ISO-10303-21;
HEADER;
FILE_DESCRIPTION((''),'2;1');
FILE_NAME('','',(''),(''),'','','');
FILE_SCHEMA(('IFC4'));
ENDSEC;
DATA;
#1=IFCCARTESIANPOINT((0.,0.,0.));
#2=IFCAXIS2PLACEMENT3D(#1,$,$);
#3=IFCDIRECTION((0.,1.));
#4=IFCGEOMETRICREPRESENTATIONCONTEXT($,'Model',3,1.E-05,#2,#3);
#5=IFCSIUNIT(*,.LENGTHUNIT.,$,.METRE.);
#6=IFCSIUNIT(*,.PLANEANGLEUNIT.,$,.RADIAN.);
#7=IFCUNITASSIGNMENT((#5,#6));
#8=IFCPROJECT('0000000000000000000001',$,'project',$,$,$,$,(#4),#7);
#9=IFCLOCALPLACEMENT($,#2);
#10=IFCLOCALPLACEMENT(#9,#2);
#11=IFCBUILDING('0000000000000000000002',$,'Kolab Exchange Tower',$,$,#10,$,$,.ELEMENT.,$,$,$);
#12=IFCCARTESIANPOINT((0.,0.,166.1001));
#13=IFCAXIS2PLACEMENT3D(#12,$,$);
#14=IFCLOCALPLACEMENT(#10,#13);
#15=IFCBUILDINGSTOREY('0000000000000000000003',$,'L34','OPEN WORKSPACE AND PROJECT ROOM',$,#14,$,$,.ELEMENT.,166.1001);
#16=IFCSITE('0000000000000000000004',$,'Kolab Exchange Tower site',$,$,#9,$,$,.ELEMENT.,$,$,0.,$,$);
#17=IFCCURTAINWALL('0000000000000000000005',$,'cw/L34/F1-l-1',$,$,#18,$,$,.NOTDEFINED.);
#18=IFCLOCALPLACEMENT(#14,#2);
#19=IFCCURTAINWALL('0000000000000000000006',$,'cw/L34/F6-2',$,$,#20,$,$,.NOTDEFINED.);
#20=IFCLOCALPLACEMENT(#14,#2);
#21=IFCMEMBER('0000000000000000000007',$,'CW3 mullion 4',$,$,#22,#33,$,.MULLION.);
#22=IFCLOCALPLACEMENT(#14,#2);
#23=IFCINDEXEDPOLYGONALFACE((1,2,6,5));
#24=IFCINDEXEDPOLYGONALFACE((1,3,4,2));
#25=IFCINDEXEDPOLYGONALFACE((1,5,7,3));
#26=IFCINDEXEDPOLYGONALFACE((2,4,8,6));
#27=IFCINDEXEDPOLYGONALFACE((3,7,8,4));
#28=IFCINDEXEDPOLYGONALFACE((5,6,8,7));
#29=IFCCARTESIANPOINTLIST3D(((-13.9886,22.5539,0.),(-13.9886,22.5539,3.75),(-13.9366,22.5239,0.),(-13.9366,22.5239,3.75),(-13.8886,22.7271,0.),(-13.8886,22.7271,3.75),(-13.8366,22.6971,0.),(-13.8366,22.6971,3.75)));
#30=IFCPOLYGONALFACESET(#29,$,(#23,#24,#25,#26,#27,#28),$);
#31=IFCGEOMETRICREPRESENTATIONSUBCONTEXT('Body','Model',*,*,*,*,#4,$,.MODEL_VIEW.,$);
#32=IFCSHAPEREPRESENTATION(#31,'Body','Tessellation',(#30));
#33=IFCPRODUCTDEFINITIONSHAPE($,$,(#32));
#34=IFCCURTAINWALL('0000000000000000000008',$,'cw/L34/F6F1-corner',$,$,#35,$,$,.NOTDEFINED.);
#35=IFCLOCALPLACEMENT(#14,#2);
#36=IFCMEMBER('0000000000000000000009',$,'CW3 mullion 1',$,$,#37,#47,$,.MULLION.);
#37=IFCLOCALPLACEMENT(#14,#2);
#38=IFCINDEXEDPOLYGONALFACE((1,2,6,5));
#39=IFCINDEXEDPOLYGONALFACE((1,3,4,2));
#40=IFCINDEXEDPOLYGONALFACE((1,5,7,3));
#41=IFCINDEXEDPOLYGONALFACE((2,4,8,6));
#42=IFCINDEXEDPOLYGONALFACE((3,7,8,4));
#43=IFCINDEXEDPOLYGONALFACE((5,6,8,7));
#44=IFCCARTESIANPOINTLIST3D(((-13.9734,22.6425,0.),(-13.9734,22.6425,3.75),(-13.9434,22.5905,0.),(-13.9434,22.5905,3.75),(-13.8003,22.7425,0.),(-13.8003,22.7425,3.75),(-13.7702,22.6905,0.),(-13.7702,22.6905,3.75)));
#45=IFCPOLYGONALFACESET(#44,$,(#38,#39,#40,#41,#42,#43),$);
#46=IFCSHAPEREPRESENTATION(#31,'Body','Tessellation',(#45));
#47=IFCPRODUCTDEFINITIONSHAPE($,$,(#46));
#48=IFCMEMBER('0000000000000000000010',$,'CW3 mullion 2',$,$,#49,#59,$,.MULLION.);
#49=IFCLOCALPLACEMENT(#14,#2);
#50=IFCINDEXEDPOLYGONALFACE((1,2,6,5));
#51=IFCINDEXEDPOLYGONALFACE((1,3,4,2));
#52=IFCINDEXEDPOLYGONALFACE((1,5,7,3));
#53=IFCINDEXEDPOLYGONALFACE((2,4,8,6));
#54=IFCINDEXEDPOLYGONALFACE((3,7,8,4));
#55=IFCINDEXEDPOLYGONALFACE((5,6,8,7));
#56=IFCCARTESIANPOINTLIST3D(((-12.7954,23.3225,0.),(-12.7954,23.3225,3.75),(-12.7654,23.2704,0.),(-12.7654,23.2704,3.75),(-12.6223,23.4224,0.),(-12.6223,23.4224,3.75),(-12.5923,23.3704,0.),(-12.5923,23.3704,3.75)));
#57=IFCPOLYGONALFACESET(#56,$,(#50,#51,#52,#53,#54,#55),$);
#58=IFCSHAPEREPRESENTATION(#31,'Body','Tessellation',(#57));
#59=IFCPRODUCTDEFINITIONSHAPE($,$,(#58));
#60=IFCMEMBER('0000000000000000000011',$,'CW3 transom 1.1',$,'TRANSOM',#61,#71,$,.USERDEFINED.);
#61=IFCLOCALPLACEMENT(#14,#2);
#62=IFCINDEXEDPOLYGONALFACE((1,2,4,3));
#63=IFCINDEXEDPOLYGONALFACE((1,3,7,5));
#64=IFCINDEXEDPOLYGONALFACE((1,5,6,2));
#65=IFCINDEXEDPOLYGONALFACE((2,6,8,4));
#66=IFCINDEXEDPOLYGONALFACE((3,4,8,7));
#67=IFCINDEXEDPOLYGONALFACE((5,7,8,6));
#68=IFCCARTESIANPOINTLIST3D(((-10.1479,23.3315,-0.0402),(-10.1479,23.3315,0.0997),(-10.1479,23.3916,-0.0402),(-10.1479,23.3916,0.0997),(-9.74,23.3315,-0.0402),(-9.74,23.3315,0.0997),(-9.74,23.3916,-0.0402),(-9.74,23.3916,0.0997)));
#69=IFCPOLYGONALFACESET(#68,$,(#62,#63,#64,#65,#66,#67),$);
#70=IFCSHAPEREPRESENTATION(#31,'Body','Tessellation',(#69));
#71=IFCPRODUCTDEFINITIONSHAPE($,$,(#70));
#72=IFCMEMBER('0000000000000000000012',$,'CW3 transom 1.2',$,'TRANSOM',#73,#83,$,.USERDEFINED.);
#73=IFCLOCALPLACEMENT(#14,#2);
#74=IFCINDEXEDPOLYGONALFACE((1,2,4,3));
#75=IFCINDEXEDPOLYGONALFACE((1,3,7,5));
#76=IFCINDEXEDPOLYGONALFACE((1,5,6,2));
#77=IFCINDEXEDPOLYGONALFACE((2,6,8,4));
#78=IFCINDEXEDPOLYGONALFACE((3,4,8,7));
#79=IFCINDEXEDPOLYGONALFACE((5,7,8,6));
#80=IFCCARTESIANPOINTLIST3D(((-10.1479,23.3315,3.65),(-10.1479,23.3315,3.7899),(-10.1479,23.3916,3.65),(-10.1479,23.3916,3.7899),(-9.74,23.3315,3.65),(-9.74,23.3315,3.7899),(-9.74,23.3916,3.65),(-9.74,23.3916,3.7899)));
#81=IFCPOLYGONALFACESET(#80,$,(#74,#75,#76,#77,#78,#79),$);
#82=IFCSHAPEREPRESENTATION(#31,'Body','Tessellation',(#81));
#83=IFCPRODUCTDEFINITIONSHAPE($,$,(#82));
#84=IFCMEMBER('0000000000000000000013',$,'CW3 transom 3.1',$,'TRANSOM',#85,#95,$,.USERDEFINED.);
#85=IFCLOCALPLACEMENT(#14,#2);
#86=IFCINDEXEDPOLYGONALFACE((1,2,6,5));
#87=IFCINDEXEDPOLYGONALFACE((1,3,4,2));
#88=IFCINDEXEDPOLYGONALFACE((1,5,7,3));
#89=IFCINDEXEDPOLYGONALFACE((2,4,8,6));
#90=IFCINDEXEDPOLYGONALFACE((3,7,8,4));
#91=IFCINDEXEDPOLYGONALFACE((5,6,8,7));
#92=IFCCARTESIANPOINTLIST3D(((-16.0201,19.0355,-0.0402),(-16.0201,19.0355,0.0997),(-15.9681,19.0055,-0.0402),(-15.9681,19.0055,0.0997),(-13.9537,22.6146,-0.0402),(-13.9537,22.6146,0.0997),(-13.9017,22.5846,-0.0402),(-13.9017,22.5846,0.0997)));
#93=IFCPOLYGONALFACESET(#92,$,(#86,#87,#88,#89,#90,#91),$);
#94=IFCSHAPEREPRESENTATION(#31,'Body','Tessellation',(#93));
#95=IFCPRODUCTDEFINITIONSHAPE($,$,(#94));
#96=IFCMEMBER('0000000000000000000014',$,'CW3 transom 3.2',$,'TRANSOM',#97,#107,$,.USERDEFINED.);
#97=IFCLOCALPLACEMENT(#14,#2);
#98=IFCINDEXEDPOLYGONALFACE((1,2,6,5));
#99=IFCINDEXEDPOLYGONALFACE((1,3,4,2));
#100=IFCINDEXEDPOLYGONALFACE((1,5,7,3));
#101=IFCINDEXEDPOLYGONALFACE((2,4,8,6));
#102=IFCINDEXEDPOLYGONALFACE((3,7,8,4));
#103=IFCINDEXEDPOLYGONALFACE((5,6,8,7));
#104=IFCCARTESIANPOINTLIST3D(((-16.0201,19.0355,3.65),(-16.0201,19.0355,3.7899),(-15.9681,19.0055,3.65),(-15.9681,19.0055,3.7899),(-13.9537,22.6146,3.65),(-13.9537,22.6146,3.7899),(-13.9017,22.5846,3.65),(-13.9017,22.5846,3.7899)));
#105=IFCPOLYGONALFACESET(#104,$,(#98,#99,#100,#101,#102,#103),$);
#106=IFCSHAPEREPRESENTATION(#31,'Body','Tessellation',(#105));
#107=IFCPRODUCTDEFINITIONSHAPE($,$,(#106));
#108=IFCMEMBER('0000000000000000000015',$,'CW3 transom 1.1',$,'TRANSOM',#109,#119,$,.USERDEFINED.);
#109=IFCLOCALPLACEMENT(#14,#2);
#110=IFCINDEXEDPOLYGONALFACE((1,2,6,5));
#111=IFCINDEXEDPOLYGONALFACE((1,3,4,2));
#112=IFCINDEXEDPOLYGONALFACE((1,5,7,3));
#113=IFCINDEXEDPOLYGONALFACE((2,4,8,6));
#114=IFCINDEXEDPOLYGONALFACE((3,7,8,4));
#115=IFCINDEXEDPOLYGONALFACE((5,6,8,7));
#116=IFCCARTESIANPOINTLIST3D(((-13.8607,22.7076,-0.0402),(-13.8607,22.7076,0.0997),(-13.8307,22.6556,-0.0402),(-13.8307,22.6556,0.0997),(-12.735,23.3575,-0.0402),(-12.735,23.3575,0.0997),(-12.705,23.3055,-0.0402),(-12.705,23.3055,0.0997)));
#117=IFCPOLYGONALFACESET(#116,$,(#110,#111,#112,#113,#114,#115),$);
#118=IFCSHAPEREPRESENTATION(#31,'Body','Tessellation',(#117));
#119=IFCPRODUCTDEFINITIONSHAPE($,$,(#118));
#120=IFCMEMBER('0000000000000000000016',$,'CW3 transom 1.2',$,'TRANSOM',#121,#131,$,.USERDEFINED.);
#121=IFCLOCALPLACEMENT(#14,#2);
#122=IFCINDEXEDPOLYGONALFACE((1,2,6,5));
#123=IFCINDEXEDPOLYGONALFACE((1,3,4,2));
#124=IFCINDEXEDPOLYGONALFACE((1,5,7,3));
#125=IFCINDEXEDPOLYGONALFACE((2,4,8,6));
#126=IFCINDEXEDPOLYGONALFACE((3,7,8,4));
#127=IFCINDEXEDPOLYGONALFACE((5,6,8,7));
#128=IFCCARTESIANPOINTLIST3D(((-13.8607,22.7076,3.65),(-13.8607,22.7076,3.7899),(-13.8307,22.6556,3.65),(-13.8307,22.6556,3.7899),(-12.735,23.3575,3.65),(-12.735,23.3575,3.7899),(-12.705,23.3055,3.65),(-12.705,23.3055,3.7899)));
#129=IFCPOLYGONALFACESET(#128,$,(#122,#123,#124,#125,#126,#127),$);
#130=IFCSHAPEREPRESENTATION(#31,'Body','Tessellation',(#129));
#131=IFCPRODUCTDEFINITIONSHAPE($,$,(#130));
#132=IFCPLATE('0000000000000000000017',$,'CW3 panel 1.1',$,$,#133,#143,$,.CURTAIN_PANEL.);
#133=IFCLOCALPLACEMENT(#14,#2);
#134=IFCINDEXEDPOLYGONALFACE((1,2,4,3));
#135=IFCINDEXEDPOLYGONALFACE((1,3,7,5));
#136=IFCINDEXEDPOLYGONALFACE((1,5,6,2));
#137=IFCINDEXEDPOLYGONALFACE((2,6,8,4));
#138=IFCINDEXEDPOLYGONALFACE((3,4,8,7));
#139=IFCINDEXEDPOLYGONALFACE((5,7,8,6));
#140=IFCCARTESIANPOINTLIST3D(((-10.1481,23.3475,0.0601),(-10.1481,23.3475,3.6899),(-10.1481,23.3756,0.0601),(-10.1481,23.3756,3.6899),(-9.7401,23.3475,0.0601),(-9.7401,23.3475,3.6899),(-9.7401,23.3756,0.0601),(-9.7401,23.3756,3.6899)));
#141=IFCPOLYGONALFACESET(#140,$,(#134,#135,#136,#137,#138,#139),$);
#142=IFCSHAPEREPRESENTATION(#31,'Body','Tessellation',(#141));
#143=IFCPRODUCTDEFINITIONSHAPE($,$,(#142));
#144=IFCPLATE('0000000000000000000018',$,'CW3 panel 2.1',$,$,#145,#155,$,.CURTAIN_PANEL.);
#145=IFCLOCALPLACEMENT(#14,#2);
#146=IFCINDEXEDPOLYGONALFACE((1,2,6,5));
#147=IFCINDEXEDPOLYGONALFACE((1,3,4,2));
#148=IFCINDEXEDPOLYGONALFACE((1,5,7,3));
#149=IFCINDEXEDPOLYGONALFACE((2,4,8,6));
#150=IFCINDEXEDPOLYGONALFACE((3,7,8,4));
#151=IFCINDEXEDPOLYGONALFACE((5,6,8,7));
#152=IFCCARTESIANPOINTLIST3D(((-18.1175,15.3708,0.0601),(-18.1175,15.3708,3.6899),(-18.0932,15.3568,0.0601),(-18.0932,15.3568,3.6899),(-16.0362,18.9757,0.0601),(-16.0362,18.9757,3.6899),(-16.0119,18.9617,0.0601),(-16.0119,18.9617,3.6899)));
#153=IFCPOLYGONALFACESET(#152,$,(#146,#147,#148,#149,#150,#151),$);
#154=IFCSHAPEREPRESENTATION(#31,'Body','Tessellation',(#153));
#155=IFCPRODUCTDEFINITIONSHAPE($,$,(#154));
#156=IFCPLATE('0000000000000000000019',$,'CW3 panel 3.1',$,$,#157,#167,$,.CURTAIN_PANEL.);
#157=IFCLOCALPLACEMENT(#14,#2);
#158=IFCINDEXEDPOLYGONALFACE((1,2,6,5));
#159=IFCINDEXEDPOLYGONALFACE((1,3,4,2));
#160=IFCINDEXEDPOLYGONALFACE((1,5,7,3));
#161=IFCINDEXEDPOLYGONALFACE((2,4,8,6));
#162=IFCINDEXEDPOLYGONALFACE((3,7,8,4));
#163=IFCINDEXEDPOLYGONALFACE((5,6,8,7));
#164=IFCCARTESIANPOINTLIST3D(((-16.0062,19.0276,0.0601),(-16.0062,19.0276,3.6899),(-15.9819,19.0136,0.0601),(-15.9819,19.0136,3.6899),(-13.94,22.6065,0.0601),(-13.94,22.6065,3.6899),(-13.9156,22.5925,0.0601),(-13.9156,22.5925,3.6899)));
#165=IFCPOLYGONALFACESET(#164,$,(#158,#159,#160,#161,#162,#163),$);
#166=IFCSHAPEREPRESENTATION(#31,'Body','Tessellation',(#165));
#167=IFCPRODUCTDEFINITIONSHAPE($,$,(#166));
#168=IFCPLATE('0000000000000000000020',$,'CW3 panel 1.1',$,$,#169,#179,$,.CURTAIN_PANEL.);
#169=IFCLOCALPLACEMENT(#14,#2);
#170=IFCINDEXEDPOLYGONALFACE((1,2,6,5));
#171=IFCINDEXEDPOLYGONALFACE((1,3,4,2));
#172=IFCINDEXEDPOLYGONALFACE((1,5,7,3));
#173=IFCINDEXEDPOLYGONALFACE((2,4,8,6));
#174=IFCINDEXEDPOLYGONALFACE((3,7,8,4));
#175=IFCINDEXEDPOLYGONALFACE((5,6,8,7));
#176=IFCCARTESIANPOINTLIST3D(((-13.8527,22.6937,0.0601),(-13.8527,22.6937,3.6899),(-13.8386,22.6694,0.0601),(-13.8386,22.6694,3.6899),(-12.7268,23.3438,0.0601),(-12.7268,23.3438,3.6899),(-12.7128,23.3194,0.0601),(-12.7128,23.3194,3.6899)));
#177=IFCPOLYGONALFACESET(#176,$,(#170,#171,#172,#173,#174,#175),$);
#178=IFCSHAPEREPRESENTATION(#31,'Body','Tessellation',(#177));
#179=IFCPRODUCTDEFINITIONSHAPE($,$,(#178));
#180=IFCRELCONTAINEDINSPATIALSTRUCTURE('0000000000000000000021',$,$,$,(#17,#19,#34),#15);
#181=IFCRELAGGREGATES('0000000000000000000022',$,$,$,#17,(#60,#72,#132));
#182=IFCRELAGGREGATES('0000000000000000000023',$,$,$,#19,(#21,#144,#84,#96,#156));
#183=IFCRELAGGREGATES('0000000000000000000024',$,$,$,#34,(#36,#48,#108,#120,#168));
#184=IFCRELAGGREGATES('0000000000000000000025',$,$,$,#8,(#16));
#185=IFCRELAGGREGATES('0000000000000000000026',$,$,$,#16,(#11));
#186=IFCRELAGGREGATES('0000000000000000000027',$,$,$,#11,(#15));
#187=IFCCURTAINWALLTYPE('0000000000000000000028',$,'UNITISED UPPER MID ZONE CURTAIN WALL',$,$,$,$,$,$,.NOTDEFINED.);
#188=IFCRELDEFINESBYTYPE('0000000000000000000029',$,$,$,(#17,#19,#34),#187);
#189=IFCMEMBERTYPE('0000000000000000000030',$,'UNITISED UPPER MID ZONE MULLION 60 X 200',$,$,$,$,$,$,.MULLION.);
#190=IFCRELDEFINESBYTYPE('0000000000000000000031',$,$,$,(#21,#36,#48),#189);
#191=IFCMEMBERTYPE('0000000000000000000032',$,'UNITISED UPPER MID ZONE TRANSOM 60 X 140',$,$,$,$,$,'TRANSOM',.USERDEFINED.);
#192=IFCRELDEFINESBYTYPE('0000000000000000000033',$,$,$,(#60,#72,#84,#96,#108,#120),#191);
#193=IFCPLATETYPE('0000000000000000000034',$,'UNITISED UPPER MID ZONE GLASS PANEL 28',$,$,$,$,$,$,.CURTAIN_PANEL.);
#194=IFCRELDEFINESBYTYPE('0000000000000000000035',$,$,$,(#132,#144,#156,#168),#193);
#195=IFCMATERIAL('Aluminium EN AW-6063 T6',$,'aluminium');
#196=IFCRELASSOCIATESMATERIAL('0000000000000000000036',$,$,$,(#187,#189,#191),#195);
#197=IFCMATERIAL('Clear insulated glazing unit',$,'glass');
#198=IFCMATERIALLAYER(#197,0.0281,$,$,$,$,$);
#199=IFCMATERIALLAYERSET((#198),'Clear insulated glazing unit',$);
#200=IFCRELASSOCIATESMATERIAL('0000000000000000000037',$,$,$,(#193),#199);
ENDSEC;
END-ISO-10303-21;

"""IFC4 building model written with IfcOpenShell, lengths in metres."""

from ifc_helpers import new_model, si_unit, direction, frame, origin, origin_2d, place, context, subcontext, project, spatial, rectangle, extrude, material, layer, layer_set, material_profile, profile_set, type_object, element, aggregate, save


model = new_model("IFC4")

# Units and contexts
model_context = context("Model", 3, precision=1e-05, world=origin(), true_north=direction((0.0, 1.0)))
body_context = subcontext(model_context, "Body", "Model", "MODEL_VIEW")
ifc_project = project(units=[si_unit("LENGTHUNIT", "METRE"), si_unit("PLANEANGLEUNIT", "RADIAN")], contexts=[model_context])

# Site, building, storey
site_placement = place(None, origin())
site = spatial("IfcSite", under=ifc_project, at=site_placement, Name="Kolab Exchange Tower site", CompositionType="ELEMENT", RefElevation=0.0)
building_placement = place(site_placement, origin())
building = spatial("IfcBuilding", under=site, at=building_placement, Name="Kolab Exchange Tower", CompositionType="ELEMENT")
storey_placement = place(building_placement, frame((0.0, 0.0, 166.1001)))
storey = spatial("IfcBuildingStorey", under=building, at=storey_placement, Name="L34", Description="OPEN WORKSPACE AND PROJECT ROOM", CompositionType="ELEMENT", Elevation=166.1001)

# Curtain wall
ifc_material_1 = material(Name="Aluminium EN AW-6063 T6", Category="aluminium")
curtain_wall_type = type_object("IfcCurtainWallType", Name="UNITISED UPPER MID ZONE CURTAIN WALL", PredefinedType="NOTDEFINED", material=ifc_material_1)
curtain_wall_1_placement = place(storey_placement, origin())
curtain_wall_1 = element("IfcCurtainWall", 1, at=curtain_wall_1_placement, inside=storey, type_object=curtain_wall_type, Name="cw/L34/F1-l-1", PredefinedType="NOTDEFINED")
ifc_material_profile_1 = material_profile(ifc_material_1, rectangle(XDim=0.0601, YDim=0.2, at=origin_2d()), Name="RECT 60X200")
ifc_profile_set_1 = profile_set([ifc_material_profile_1], Name="Aluminium EN AW-6063 T6")
member_type_1 = type_object("IfcMemberType", Name="UNITISED UPPER MID ZONE MULLION 60 X 200", PredefinedType="MULLION", material=ifc_profile_set_1)

# Curtain walls, members
curtain_wall_2_placement = place(storey_placement, origin())
curtain_wall_2 = element("IfcCurtainWall", 2, at=curtain_wall_2_placement, inside=storey, type_object=curtain_wall_type, Name="cw/L34/F6-2", PredefinedType="NOTDEFINED")
member_1_placement = place(storey_placement, frame((-13.9126, 22.6255, 0.0), z_axis=(0.0, 0.0, 1.0), x_axis=(-0.866025, 0.5, 0.0)))
member_1 = element("IfcMember", 3, at=member_1_placement, type_object=member_type_1, Name="CW3 mullion 4", PredefinedType="MULLION", context=body_context, shape_type="SweptSolid", body=[
    extrude(rectangle(XDim=0.0601, YDim=0.2, at=origin_2d()), origin(), (0.0, 0.0, 1.0), 3.75),
])
curtain_wall_3_placement = place(storey_placement, origin())
curtain_wall_3 = element("IfcCurtainWall", 4, at=curtain_wall_3_placement, inside=storey, type_object=curtain_wall_type, Name="cw/L34/F6F1-corner", PredefinedType="NOTDEFINED")
member_2_placement = place(storey_placement, frame((-13.8718, 22.6665, 0.0), z_axis=(0.0, 0.0, 1.0), x_axis=(-0.5, 0.866025, 0.0)))
member_2 = element("IfcMember", 5, at=member_2_placement, type_object=member_type_1, Name="CW3 mullion 1", PredefinedType="MULLION", context=body_context, shape_type="SweptSolid", body=[
    extrude(rectangle(XDim=0.0601, YDim=0.2, at=origin_2d()), origin(), (0.0, 0.0, 1.0), 3.75),
])
member_3_placement = place(storey_placement, frame((-12.6938, 23.3464, 0.0), z_axis=(0.0, 0.0, 1.0), x_axis=(-0.5, 0.866025, 0.0)))
member_3 = element("IfcMember", 6, at=member_3_placement, type_object=member_type_1, Name="CW3 mullion 2", PredefinedType="MULLION", context=body_context, shape_type="SweptSolid", body=[
    extrude(rectangle(XDim=0.0601, YDim=0.2, at=origin_2d()), origin(), (0.0, 0.0, 1.0), 3.75),
])

# Members
ifc_material_profile_2 = material_profile(ifc_material_1, rectangle(XDim=0.0601, YDim=0.1399, at=origin_2d()), Name="RECT 60X140")
ifc_profile_set_2 = profile_set([ifc_material_profile_2], Name="Aluminium EN AW-6063 T6")
member_type_2 = type_object("IfcMemberType", Name="UNITISED UPPER MID ZONE TRANSOM 60 X 140", ElementType="TRANSOM", PredefinedType="USERDEFINED", material=ifc_profile_set_2)
member_4_placement = place(storey_placement, frame((-10.1479, 23.3616, 0.0298), z_axis=(1.0, 0.0, 0.0), x_axis=(0.0, 1.0, 0.0)))
member_4 = element("IfcMember", 7, at=member_4_placement, type_object=member_type_2, Name="CW3 transom 1.1", ObjectType="TRANSOM", PredefinedType="USERDEFINED", context=body_context, shape_type="SweptSolid", body=[
    extrude(rectangle(XDim=0.0601, YDim=0.1399, at=origin_2d()), origin(), (0.0, 0.0, 1.0), 0.408),
])
member_5_placement = place(storey_placement, frame((-10.1479, 23.3616, 3.72), z_axis=(1.0, 0.0, 0.0), x_axis=(0.0, 1.0, 0.0)))
member_5 = element("IfcMember", 8, at=member_5_placement, type_object=member_type_2, Name="CW3 transom 1.2", ObjectType="TRANSOM", PredefinedType="USERDEFINED", context=body_context, shape_type="SweptSolid", body=[
    extrude(rectangle(XDim=0.0601, YDim=0.1399, at=origin_2d()), origin(), (0.0, 0.0, 1.0), 0.408),
])
member_6_placement = place(storey_placement, frame((-15.9941, 19.0205, 0.0298), z_axis=(0.500002, 0.866024, 0.0), x_axis=(-0.866024, 0.500002, 0.0)))
member_6 = element("IfcMember", 9, at=member_6_placement, type_object=member_type_2, Name="CW3 transom 3.1", ObjectType="TRANSOM", PredefinedType="USERDEFINED", context=body_context, shape_type="SweptSolid", body=[
    extrude(rectangle(XDim=0.0601, YDim=0.1399, at=origin_2d()), origin(), (0.0, 0.0, 1.0), 4.1328),
])
member_7_placement = place(storey_placement, frame((-15.9941, 19.0205, 3.72), z_axis=(0.500002, 0.866024, 0.0), x_axis=(-0.866024, 0.500002, 0.0)))
member_7 = element("IfcMember", 10, at=member_7_placement, type_object=member_type_2, Name="CW3 transom 3.2", ObjectType="TRANSOM", PredefinedType="USERDEFINED", context=body_context, shape_type="SweptSolid", body=[
    extrude(rectangle(XDim=0.0601, YDim=0.1399, at=origin_2d()), origin(), (0.0, 0.0, 1.0), 4.1328),
])
member_8_placement = place(storey_placement, frame((-13.8457, 22.6816, 0.0298), z_axis=(0.866039, 0.499977, 0.0), x_axis=(-0.499977, 0.866039, 0.0)))
member_8 = element("IfcMember", 11, at=member_8_placement, type_object=member_type_2, Name="CW3 transom 1.1", ObjectType="TRANSOM", PredefinedType="USERDEFINED", context=body_context, shape_type="SweptSolid", body=[
    extrude(rectangle(XDim=0.0601, YDim=0.1399, at=origin_2d()), origin(), (0.0, 0.0, 1.0), 1.2998),
])
member_9_placement = place(storey_placement, frame((-13.8457, 22.6816, 3.72), z_axis=(0.866039, 0.499977, 0.0), x_axis=(-0.499977, 0.866039, 0.0)))
member_9 = element("IfcMember", 12, at=member_9_placement, type_object=member_type_2, Name="CW3 transom 1.2", ObjectType="TRANSOM", PredefinedType="USERDEFINED", context=body_context, shape_type="SweptSolid", body=[
    extrude(rectangle(XDim=0.0601, YDim=0.1399, at=origin_2d()), origin(), (0.0, 0.0, 1.0), 1.2998),
])

# Plates
ifc_material_2 = material(Name="Clear insulated glazing unit", Category="glass")
ifc_layer_1 = layer(ifc_material_2, 0.0281)
ifc_layer_set_1 = layer_set([ifc_layer_1], Name="Clear insulated glazing unit")
plate_type = type_object("IfcPlateType", Name="UNITISED UPPER MID ZONE GLASS PANEL 28", PredefinedType="CURTAIN_PANEL", material=ifc_layer_set_1)
plate_1_placement = place(storey_placement, frame((-9.9441, 23.3616, 0.0601), z_axis=(0.0, 0.0, 1.0), x_axis=(1.0, 0.0, 0.0)))
plate_1 = element("IfcPlate", 13, at=plate_1_placement, type_object=plate_type, Name="CW3 panel 1.1", PredefinedType="CURTAIN_PANEL", context=body_context, shape_type="SweptSolid", body=[
    extrude(rectangle(XDim=0.408, YDim=0.0281, at=origin_2d()), origin(), (0.0, 0.0, 1.0), 3.6299),
])
aggregate(curtain_wall_1, [member_4, member_5, plate_1])
plate_2_placement = place(storey_placement, frame((-17.0647, 17.1663, 0.0601), z_axis=(0.0, 0.0, 1.0), x_axis=(0.5, 0.866025, 0.0)))
plate_2 = element("IfcPlate", 14, at=plate_2_placement, type_object=plate_type, Name="CW3 panel 2.1", PredefinedType="CURTAIN_PANEL", context=body_context, shape_type="SweptSolid", body=[
    extrude(rectangle(XDim=4.1626, YDim=0.0281, at=origin_2d()), origin(), (0.0, 0.0, 1.0), 3.6299),
])
plate_3_placement = place(storey_placement, frame((-14.9609, 20.8101, 0.0601), z_axis=(0.0, 0.0, 1.0), x_axis=(0.5, 0.866025, 0.0)))
plate_3 = element("IfcPlate", 15, at=plate_3_placement, type_object=plate_type, Name="CW3 panel 3.1", PredefinedType="CURTAIN_PANEL", context=body_context, shape_type="SweptSolid", body=[
    extrude(rectangle(XDim=4.1326, YDim=0.0281, at=origin_2d()), origin(), (0.0, 0.0, 1.0), 3.6299),
])
aggregate(curtain_wall_2, [member_1, plate_2, member_6, member_7, plate_3])
plate_4_placement = place(storey_placement, frame((-13.2827, 23.0066, 0.0601), z_axis=(0.0, 0.0, 1.0), x_axis=(0.866025, 0.5, 0.0)))
plate_4 = element("IfcPlate", 16, at=plate_4_placement, type_object=plate_type, Name="CW3 panel 1.1", PredefinedType="CURTAIN_PANEL", context=body_context, shape_type="SweptSolid", body=[
    extrude(rectangle(XDim=1.3, YDim=0.0281, at=origin_2d()), origin(), (0.0, 0.0, 1.0), 3.6299),
])
aggregate(curtain_wall_3, [member_2, member_3, member_8, member_9, plate_4])

save(model, "model.ifc")
